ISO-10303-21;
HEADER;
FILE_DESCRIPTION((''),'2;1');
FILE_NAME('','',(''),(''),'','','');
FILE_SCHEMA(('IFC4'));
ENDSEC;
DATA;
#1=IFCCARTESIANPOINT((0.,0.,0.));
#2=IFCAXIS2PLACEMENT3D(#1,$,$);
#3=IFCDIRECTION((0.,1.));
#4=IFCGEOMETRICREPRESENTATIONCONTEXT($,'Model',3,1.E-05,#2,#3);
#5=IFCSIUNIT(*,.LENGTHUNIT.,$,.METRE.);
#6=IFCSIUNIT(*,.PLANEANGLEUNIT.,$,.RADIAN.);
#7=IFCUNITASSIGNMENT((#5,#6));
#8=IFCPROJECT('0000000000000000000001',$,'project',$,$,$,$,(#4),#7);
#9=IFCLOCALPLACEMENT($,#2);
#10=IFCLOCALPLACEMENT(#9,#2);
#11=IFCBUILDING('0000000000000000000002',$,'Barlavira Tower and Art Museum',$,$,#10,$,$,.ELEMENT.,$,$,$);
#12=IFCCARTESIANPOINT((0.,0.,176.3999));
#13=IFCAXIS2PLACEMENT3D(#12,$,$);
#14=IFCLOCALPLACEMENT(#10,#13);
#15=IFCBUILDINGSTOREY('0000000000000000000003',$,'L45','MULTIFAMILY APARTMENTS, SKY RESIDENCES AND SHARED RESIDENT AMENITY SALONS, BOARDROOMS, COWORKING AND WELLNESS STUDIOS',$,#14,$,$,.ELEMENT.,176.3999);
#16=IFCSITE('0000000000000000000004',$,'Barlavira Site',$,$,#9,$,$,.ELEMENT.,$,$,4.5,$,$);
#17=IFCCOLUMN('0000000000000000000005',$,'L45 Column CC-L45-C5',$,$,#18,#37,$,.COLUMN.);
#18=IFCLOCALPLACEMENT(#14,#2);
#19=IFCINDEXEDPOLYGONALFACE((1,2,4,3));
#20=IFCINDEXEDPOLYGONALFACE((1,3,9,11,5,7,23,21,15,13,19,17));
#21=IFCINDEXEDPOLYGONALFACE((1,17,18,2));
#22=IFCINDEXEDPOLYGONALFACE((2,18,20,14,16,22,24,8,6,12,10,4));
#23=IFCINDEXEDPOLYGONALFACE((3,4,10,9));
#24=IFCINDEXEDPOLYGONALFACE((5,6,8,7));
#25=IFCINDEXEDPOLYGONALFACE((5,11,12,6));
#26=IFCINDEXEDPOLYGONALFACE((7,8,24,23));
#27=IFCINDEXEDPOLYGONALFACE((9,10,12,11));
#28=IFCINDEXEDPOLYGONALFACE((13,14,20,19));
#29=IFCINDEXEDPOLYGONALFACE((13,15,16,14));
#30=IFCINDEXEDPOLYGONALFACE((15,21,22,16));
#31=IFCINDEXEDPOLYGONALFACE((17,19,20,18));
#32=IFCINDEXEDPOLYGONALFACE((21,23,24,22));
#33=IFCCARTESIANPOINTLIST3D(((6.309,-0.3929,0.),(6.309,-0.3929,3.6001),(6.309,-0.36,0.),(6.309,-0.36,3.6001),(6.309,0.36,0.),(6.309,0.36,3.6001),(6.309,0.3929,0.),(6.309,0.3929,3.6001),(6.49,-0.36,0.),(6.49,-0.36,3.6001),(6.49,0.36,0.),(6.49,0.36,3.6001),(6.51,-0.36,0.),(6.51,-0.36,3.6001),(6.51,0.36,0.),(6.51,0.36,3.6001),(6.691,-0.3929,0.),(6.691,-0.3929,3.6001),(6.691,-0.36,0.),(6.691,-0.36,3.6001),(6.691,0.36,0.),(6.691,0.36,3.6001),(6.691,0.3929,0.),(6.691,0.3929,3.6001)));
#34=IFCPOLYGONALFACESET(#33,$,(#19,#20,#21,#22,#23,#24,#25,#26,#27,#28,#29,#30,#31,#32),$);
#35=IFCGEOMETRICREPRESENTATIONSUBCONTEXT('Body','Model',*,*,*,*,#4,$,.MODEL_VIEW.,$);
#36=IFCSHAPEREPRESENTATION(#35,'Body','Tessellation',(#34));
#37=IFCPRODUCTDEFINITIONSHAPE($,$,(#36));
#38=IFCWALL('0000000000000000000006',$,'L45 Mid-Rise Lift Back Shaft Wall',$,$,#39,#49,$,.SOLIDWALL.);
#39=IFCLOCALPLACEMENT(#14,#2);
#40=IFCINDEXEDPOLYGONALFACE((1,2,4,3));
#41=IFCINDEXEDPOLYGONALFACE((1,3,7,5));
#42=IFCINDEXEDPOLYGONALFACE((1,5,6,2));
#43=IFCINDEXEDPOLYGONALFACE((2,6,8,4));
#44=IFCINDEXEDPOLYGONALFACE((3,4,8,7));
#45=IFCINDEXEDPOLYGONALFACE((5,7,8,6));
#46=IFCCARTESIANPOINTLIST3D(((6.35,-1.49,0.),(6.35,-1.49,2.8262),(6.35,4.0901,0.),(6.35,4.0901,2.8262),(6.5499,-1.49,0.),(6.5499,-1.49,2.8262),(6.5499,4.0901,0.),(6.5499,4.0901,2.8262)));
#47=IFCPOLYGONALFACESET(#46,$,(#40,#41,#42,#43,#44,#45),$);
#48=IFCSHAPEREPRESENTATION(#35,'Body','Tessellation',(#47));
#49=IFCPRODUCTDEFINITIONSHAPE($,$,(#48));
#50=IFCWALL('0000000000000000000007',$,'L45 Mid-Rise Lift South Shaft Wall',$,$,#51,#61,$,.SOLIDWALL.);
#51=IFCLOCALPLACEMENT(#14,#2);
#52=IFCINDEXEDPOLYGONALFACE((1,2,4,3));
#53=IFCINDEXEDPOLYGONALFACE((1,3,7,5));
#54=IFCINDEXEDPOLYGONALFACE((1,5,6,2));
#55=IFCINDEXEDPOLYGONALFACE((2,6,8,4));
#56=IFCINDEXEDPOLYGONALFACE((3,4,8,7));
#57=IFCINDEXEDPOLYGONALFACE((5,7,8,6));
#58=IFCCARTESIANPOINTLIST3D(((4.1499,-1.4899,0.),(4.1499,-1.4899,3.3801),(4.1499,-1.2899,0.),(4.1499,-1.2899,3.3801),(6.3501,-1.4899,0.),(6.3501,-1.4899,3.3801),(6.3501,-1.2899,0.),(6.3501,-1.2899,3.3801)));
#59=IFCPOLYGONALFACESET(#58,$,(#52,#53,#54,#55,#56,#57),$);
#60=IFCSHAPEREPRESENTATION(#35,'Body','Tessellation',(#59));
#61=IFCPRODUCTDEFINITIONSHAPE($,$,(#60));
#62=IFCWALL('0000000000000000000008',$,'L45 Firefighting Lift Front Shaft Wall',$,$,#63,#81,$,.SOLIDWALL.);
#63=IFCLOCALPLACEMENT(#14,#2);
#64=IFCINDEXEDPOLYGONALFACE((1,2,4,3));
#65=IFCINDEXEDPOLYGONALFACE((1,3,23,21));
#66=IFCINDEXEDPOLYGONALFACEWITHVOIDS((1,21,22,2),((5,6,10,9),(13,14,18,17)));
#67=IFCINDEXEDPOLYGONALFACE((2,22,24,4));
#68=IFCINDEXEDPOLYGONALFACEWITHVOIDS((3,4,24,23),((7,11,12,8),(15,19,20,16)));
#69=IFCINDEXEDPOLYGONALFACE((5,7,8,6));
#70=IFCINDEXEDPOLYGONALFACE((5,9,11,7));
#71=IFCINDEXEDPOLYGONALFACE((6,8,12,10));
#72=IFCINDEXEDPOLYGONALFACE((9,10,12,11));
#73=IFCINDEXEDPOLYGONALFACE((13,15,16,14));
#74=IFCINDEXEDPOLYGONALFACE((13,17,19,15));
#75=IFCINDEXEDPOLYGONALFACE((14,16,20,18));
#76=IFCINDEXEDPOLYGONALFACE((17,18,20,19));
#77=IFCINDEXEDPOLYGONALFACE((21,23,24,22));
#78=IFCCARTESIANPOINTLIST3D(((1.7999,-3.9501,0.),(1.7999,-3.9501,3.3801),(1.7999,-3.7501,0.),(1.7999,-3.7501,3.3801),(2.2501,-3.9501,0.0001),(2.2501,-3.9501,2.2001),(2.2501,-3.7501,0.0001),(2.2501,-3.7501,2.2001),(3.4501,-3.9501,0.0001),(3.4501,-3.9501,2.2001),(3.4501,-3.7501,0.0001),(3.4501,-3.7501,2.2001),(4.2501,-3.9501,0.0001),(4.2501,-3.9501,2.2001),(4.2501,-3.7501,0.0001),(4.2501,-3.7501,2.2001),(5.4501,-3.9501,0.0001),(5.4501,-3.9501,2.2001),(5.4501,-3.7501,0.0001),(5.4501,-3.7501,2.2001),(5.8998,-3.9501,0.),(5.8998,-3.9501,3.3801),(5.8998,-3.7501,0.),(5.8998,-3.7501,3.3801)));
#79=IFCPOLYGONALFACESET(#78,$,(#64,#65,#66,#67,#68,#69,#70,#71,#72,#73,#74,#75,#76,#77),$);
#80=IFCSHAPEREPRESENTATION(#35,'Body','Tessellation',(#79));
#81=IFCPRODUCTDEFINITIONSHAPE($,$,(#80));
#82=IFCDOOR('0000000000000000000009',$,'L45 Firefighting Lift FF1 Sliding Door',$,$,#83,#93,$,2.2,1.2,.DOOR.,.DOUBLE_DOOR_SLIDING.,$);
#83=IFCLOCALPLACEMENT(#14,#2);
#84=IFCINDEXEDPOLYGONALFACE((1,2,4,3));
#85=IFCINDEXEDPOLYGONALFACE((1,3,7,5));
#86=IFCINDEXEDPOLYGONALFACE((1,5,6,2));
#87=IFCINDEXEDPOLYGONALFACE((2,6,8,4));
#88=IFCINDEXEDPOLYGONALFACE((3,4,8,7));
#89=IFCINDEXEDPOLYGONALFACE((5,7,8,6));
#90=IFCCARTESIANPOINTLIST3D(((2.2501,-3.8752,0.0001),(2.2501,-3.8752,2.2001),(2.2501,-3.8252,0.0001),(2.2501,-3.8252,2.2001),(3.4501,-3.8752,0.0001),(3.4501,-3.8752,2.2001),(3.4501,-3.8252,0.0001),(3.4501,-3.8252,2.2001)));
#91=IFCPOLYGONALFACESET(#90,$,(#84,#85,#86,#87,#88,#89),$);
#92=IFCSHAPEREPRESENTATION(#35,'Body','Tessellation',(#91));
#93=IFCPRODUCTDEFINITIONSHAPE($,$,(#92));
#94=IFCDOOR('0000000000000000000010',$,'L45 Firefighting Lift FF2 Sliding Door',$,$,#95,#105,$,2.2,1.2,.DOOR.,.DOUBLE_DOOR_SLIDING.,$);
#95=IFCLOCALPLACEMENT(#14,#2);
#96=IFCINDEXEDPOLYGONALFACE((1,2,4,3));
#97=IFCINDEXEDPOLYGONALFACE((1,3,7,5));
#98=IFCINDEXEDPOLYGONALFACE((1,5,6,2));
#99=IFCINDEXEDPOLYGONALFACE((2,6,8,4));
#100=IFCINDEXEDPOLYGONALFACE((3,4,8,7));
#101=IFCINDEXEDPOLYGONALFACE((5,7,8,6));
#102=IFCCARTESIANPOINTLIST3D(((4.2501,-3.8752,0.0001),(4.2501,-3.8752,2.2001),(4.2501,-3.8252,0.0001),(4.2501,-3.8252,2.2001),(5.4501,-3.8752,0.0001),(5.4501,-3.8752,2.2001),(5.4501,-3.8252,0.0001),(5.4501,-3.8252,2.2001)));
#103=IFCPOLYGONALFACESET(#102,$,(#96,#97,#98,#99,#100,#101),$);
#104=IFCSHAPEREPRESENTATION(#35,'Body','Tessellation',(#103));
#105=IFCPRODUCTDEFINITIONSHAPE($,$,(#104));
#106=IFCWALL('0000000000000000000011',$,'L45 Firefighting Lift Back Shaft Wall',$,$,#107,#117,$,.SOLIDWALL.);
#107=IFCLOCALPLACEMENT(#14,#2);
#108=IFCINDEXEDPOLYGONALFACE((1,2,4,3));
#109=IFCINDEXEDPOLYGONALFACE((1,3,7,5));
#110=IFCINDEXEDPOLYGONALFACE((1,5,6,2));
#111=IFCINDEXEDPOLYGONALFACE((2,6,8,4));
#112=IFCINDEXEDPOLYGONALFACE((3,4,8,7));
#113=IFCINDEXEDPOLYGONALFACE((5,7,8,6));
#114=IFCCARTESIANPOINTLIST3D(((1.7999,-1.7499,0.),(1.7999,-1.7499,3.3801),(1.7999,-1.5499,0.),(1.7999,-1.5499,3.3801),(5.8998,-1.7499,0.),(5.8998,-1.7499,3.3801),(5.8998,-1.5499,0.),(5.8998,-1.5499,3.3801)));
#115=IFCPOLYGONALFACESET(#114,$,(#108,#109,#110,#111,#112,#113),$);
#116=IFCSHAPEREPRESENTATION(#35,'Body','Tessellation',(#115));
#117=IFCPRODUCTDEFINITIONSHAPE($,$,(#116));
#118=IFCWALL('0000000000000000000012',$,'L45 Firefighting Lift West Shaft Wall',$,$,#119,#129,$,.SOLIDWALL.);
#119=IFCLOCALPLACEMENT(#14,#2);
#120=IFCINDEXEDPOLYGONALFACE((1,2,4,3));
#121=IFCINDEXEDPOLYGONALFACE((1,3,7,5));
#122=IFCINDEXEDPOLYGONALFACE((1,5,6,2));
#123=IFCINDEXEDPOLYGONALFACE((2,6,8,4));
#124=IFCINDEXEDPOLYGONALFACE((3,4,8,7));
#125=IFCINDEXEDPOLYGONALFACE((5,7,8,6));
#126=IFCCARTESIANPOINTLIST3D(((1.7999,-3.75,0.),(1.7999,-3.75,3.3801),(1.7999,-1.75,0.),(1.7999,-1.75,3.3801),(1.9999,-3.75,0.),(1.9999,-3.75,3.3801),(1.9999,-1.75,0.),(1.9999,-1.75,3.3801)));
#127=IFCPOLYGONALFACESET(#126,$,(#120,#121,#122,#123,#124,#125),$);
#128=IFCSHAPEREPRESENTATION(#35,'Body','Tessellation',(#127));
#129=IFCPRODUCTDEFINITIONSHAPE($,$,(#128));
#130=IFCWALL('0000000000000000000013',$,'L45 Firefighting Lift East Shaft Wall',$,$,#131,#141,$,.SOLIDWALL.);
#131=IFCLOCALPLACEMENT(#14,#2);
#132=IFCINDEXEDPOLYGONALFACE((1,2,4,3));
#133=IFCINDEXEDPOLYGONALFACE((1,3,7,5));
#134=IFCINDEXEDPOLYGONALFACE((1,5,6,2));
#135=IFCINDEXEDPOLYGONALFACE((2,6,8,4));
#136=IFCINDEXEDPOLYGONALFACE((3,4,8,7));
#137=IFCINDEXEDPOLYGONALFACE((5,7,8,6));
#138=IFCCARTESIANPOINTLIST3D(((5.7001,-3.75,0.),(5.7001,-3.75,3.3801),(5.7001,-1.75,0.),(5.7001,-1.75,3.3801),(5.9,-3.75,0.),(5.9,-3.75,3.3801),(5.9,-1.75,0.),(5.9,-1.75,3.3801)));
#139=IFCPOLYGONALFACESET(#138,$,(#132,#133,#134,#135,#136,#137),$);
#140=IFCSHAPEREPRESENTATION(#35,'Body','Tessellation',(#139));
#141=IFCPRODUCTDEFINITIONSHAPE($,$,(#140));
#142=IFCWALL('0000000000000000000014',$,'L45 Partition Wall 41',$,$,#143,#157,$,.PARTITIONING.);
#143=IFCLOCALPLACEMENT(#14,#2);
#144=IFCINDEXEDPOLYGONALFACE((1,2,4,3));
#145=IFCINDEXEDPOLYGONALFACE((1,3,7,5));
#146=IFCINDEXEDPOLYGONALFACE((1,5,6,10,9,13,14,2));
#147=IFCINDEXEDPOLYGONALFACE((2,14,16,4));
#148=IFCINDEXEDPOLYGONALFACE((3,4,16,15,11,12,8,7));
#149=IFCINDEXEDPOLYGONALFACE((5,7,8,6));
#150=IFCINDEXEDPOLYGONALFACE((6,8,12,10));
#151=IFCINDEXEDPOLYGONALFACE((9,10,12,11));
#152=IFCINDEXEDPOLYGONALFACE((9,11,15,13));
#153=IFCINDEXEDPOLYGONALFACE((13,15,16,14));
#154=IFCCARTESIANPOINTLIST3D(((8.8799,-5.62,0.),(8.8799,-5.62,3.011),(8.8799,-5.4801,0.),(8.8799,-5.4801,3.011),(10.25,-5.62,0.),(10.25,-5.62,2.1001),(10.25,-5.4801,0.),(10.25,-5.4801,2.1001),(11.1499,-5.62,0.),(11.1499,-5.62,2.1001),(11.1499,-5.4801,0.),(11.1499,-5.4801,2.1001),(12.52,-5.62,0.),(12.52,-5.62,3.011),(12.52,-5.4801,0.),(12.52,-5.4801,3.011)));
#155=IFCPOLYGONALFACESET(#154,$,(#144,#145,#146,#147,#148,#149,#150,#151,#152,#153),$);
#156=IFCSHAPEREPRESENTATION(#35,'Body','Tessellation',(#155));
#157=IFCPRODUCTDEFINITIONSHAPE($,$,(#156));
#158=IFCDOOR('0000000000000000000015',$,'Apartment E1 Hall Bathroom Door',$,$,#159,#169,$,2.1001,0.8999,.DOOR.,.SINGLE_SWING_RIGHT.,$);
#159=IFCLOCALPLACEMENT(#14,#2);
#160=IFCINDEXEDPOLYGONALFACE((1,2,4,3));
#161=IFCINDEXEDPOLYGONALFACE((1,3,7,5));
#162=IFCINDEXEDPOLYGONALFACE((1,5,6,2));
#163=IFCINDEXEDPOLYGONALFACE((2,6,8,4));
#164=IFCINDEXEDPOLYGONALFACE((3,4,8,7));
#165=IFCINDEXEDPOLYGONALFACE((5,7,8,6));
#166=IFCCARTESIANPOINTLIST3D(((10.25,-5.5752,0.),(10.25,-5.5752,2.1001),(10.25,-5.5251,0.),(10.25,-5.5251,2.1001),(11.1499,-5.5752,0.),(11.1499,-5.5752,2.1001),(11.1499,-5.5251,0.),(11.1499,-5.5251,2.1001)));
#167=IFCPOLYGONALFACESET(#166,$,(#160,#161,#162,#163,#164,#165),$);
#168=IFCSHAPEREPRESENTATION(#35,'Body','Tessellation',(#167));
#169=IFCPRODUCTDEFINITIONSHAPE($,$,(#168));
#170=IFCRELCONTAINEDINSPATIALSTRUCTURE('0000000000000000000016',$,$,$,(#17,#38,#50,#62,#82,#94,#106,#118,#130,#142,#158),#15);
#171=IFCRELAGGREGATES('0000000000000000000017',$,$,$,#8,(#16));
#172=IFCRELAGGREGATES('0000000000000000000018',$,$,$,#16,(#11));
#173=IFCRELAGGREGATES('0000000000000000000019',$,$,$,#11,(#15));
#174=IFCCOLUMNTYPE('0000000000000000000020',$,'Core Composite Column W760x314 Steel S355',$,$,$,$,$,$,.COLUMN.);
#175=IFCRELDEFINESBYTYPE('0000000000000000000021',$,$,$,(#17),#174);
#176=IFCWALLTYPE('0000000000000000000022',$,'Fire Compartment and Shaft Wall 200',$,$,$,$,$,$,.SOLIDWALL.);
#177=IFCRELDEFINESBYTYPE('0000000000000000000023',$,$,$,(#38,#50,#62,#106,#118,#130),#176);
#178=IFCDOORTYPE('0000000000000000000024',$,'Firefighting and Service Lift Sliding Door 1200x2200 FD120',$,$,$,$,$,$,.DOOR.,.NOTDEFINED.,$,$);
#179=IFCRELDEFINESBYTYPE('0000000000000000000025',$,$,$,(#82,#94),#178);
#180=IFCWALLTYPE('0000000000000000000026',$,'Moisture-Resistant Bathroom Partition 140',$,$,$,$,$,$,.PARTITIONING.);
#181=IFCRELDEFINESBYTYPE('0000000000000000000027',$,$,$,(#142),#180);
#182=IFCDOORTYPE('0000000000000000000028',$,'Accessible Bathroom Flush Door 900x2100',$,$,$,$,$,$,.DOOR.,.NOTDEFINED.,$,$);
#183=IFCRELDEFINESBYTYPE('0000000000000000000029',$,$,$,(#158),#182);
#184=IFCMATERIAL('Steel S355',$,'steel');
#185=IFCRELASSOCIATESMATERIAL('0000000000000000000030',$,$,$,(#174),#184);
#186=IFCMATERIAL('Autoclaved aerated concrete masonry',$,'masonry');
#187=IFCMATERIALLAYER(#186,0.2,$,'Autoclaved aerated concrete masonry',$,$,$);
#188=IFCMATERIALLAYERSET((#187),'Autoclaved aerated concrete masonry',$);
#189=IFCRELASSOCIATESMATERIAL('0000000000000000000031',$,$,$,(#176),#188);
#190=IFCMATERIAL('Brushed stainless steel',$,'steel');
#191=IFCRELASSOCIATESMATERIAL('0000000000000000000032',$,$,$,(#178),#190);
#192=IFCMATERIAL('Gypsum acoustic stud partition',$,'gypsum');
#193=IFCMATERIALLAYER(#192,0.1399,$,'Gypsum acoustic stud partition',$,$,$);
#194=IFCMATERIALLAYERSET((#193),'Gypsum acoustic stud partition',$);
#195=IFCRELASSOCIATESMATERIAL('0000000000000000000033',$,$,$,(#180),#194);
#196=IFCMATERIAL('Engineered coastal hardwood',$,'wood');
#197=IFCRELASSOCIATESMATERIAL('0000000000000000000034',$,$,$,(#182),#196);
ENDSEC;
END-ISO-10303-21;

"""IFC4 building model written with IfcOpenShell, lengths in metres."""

from ifc_helpers import new_model, si_unit, direction, frame, frame_2d, origin, origin_2d, place, context, subcontext, project, spatial, rectangle, i_section, extrude, material, layer, layer_set, material_profile, profile_set, type_object, element, fill, save


model = new_model("IFC4")

# Units and contexts
model_context = context("Model", 3, precision=1e-05, world=origin(), true_north=direction((0.0, 1.0)))
body_context = subcontext(model_context, "Body", "Model", "MODEL_VIEW")
ifc_project = project(units=[si_unit("LENGTHUNIT", "METRE"), si_unit("PLANEANGLEUNIT", "RADIAN")], contexts=[model_context])

# Site, building, storey
site_placement = place(None, origin())
site = spatial("IfcSite", under=ifc_project, at=site_placement, Name="Barlavira Site", CompositionType="ELEMENT", RefElevation=4.5)
building_placement = place(site_placement, origin())
building = spatial("IfcBuilding", under=site, at=building_placement, Name="Barlavira Tower and Art Museum", CompositionType="ELEMENT")
storey_placement = place(building_placement, frame((0.0, 0.0, 176.3999)))
storey = spatial("IfcBuildingStorey", under=building, at=storey_placement, Name="L45", Description="MULTIFAMILY APARTMENTS, SKY RESIDENCES AND SHARED RESIDENT AMENITY SALONS, BOARDROOMS, COWORKING AND WELLNESS STUDIOS", CompositionType="ELEMENT", Elevation=176.3999)

# Column
ifc_material_1 = material(Name="Steel S355", Category="steel")
ifc_material_profile = material_profile(ifc_material_1, i_section(OverallWidth=0.3821, OverallDepth=0.7859, WebThickness=0.02, FlangeThickness=0.033, at=origin_2d()), Name="W760x314.0")
ifc_profile_set = profile_set([ifc_material_profile], Name="Steel S355")
column_type = type_object("IfcColumnType", Name="Core Composite Column W760x314 Steel S355", PredefinedType="COLUMN", material=ifc_profile_set)
column_placement = place(storey_placement, frame((6.5, 0.0, 0.0), z_axis=(0.0, 0.0, 1.0), x_axis=(1.0, 0.0, 0.0)))
element("IfcColumn", 1, at=column_placement, inside=storey, type_object=column_type, Name="L45 Column CC-L45-C5", PredefinedType="COLUMN", context=body_context, shape_type="SweptSolid", body=[
    extrude(i_section(OverallWidth=0.3821, OverallDepth=0.7859, WebThickness=0.02, FlangeThickness=0.033, at=origin_2d()), origin(), (0.0, 0.0, 1.0), 3.6001),
])

# Shared definitions
ifc_material_2 = material(Name="Brushed stainless steel", Category="steel")

# Shared definitions
ifc_material_3 = material(Name="Autoclaved aerated concrete masonry", Category="masonry")
ifc_layer_1 = layer(ifc_material_3, 0.2, Name="Autoclaved aerated concrete masonry")
ifc_layer_set_1 = layer_set([ifc_layer_1], Name="Autoclaved aerated concrete masonry")
wall_type_1 = type_object("IfcWallType", Name="Fire Compartment and Shaft Wall 200", PredefinedType="SOLIDWALL", material=ifc_layer_set_1)

# Walls
wall_1_placement = place(storey_placement, frame((6.45, -1.49, 0.0), z_axis=(0.0, 0.0, 1.0), x_axis=(0.0, 1.0, 0.0)))
element("IfcWall", 2, at=wall_1_placement, inside=storey, type_object=wall_type_1, Name="L45 Mid-Rise Lift Back Shaft Wall", PredefinedType="SOLIDWALL", context=body_context, shape_type="SweptSolid", body=[
    extrude(rectangle(XDim=5.5801, YDim=0.2, at=frame_2d((2.79, 0.0))), origin(), (0.0, 0.0, 1.0), 2.8262),
])
wall_2_placement = place(storey_placement, frame((4.1499, -1.3899, 0.0), z_axis=(0.0, 0.0, 1.0), x_axis=(1.0, 0.0, 0.0)))
element("IfcWall", 3, at=wall_2_placement, inside=storey, type_object=wall_type_1, Name="L45 Mid-Rise Lift South Shaft Wall", PredefinedType="SOLIDWALL", context=body_context, shape_type="SweptSolid", body=[
    extrude(rectangle(XDim=2.2002, YDim=0.2, at=frame_2d((1.1001, 0.0))), origin(), (0.0, 0.0, 1.0), 3.3801),
])

# Wall, openings, doors
wall_3_placement = place(storey_placement, frame((1.8, -3.8501, 0.0), z_axis=(0.0, 0.0, 1.0), x_axis=(1.0, 0.0, 0.0)))
wall_3 = element("IfcWall", 4, at=wall_3_placement, inside=storey, type_object=wall_type_1, Name="L45 Firefighting Lift Front Shaft Wall", PredefinedType="SOLIDWALL", context=body_context, shape_type="SweptSolid", body=[
    extrude(rectangle(XDim=4.0999, YDim=0.2, at=frame_2d((2.0498, 0.0))), origin(), (0.0, 0.0, 1.0), 3.3801),
])
opening_1_placement = place(wall_3_placement, frame((0.45, 0.0, 0.0)))
opening_1 = element("IfcOpeningElement", 5, at=opening_1_placement, cuts=wall_3, PredefinedType="OPENING", context=body_context, shape_type="SweptSolid", body=[
    extrude(rectangle(XDim=1.2, YDim=2.2, at=frame_2d((0.6001, 1.1001))), frame((0.0, 0.1099, 0.0), z_axis=(0.0, -1.0, 0.0), x_axis=(1.0, 0.0, 0.0)), (0.0, 0.0, 1.0), 0.22),
])
opening_2_placement = place(wall_3_placement, frame((2.45, 0.0, 0.0)))
opening_2 = element("IfcOpeningElement", 6, at=opening_2_placement, cuts=wall_3, PredefinedType="OPENING", context=body_context, shape_type="SweptSolid", body=[
    extrude(rectangle(XDim=1.2, YDim=2.2, at=frame_2d((0.6001, 1.1001))), frame((0.0, 0.1099, 0.0), z_axis=(0.0, -1.0, 0.0), x_axis=(1.0, 0.0, 0.0)), (0.0, 0.0, 1.0), 0.22),
])
door_type_1 = type_object("IfcDoorType", Name="Firefighting and Service Lift Sliding Door 1200x2200 FD120", OperationType="NOTDEFINED", PredefinedType="DOOR", material=ifc_material_2)
door_1_placement = place(opening_1_placement, origin())
door_1 = element("IfcDoor", 7, at=door_1_placement, inside=storey, type_object=door_type_1, Name="L45 Firefighting Lift FF1 Sliding Door", OperationType="DOUBLE_DOOR_SLIDING", OverallHeight=2.2, OverallWidth=1.2, PredefinedType="DOOR", context=body_context, shape_type="SweptSolid", body=[
    extrude(rectangle(XDim=1.2, YDim=2.2, at=frame_2d((0.6001, 1.1001))), frame((0.0, 0.0249, 0.0), z_axis=(0.0, -1.0, 0.0), x_axis=(1.0, 0.0, 0.0)), (0.0, 0.0, 1.0), 0.05),
])
fill(opening_1, door_1)
door_2_placement = place(opening_2_placement, origin())
door_2 = element("IfcDoor", 8, at=door_2_placement, inside=storey, type_object=door_type_1, Name="L45 Firefighting Lift FF2 Sliding Door", OperationType="DOUBLE_DOOR_SLIDING", OverallHeight=2.2, OverallWidth=1.2, PredefinedType="DOOR", context=body_context, shape_type="SweptSolid", body=[
    extrude(rectangle(XDim=1.2, YDim=2.2, at=frame_2d((0.6001, 1.1001))), frame((0.0, 0.0249, 0.0), z_axis=(0.0, -1.0, 0.0), x_axis=(1.0, 0.0, 0.0)), (0.0, 0.0, 1.0), 0.05),
])
fill(opening_2, door_2)

# Walls
wall_4_placement = place(storey_placement, frame((1.8, -1.6499, 0.0), z_axis=(0.0, 0.0, 1.0), x_axis=(1.0, 0.0, 0.0)))
element("IfcWall", 9, at=wall_4_placement, inside=storey, type_object=wall_type_1, Name="L45 Firefighting Lift Back Shaft Wall", PredefinedType="SOLIDWALL", context=body_context, shape_type="SweptSolid", body=[
    extrude(rectangle(XDim=4.0999, YDim=0.2, at=frame_2d((2.0498, 0.0))), origin(), (0.0, 0.0, 1.0), 3.3801),
])
for number, where, z_axis, x_axis, name in (
    (10, (1.8999, -3.75, 0.0), (0.0, 0.0, 1.0), (0.0, 1.0, 0.0), "L45 Firefighting Lift West Shaft Wall"),
    (11, (5.8, -3.75, 0.0), (0.0, 0.0, 1.0), (0.0, 1.0, 0.0), "L45 Firefighting Lift East Shaft Wall"),
):
    element("IfcWall", number, at=place(storey_placement, frame(where, z_axis=z_axis, x_axis=x_axis)), inside=storey, type_object=wall_type_1, Name=name, PredefinedType="SOLIDWALL", context=body_context, shape_type="SweptSolid", body=[
        extrude(rectangle(XDim=2.0, YDim=0.2, at=frame_2d((1.0, 0.0))), origin(), (0.0, 0.0, 1.0), 3.3801),
    ])

# Wall, opening, door
ifc_material_4 = material(Name="Gypsum acoustic stud partition", Category="gypsum")
ifc_layer_2 = layer(ifc_material_4, 0.1399, Name="Gypsum acoustic stud partition")
ifc_layer_set_2 = layer_set([ifc_layer_2], Name="Gypsum acoustic stud partition")
wall_type_2 = type_object("IfcWallType", Name="Moisture-Resistant Bathroom Partition 140", PredefinedType="PARTITIONING", material=ifc_layer_set_2)
wall_5_placement = place(storey_placement, frame((8.8799, -5.55, 0.0), z_axis=(0.0, 0.0, 1.0), x_axis=(1.0, 0.0, 0.0)))
wall_5 = element("IfcWall", 12, at=wall_5_placement, inside=storey, type_object=wall_type_2, Name="L45 Partition Wall 41", PredefinedType="PARTITIONING", context=body_context, shape_type="SweptSolid", body=[
    extrude(rectangle(XDim=3.6401, YDim=0.1399, at=frame_2d((1.8201, 0.0))), origin(), (0.0, 0.0, 1.0), 3.011),
])
opening_3_placement = place(wall_5_placement, frame((1.3701, 0.0, 0.0)))
opening_3 = element("IfcOpeningElement", 13, at=opening_3_placement, cuts=wall_5, PredefinedType="OPENING", context=body_context, shape_type="SweptSolid", body=[
    extrude(rectangle(XDim=0.8999, YDim=2.1001, at=frame_2d((0.45, 1.05))), frame((0.0, 0.0801, 0.0), z_axis=(0.0, -1.0, 0.0), x_axis=(1.0, 0.0, 0.0)), (0.0, 0.0, 1.0), 0.1599),
])
ifc_material_5 = material(Name="Engineered coastal hardwood", Category="wood")
door_type_2 = type_object("IfcDoorType", Name="Accessible Bathroom Flush Door 900x2100", OperationType="NOTDEFINED", PredefinedType="DOOR", material=ifc_material_5)
door_3_placement = place(opening_3_placement, origin())
door_3 = element("IfcDoor", 14, at=door_3_placement, inside=storey, type_object=door_type_2, Name="Apartment E1 Hall Bathroom Door", OperationType="SINGLE_SWING_RIGHT", OverallHeight=2.1001, OverallWidth=0.8999, PredefinedType="DOOR", context=body_context, shape_type="SweptSolid", body=[
    extrude(rectangle(XDim=0.8999, YDim=2.1001, at=frame_2d((0.45, 1.05))), frame((0.0, 0.0249, 0.0), z_axis=(0.0, -1.0, 0.0), x_axis=(1.0, 0.0, 0.0)), (0.0, 0.0, 1.0), 0.05),
])
fill(opening_3, door_3)

save(model, "model.ifc")
